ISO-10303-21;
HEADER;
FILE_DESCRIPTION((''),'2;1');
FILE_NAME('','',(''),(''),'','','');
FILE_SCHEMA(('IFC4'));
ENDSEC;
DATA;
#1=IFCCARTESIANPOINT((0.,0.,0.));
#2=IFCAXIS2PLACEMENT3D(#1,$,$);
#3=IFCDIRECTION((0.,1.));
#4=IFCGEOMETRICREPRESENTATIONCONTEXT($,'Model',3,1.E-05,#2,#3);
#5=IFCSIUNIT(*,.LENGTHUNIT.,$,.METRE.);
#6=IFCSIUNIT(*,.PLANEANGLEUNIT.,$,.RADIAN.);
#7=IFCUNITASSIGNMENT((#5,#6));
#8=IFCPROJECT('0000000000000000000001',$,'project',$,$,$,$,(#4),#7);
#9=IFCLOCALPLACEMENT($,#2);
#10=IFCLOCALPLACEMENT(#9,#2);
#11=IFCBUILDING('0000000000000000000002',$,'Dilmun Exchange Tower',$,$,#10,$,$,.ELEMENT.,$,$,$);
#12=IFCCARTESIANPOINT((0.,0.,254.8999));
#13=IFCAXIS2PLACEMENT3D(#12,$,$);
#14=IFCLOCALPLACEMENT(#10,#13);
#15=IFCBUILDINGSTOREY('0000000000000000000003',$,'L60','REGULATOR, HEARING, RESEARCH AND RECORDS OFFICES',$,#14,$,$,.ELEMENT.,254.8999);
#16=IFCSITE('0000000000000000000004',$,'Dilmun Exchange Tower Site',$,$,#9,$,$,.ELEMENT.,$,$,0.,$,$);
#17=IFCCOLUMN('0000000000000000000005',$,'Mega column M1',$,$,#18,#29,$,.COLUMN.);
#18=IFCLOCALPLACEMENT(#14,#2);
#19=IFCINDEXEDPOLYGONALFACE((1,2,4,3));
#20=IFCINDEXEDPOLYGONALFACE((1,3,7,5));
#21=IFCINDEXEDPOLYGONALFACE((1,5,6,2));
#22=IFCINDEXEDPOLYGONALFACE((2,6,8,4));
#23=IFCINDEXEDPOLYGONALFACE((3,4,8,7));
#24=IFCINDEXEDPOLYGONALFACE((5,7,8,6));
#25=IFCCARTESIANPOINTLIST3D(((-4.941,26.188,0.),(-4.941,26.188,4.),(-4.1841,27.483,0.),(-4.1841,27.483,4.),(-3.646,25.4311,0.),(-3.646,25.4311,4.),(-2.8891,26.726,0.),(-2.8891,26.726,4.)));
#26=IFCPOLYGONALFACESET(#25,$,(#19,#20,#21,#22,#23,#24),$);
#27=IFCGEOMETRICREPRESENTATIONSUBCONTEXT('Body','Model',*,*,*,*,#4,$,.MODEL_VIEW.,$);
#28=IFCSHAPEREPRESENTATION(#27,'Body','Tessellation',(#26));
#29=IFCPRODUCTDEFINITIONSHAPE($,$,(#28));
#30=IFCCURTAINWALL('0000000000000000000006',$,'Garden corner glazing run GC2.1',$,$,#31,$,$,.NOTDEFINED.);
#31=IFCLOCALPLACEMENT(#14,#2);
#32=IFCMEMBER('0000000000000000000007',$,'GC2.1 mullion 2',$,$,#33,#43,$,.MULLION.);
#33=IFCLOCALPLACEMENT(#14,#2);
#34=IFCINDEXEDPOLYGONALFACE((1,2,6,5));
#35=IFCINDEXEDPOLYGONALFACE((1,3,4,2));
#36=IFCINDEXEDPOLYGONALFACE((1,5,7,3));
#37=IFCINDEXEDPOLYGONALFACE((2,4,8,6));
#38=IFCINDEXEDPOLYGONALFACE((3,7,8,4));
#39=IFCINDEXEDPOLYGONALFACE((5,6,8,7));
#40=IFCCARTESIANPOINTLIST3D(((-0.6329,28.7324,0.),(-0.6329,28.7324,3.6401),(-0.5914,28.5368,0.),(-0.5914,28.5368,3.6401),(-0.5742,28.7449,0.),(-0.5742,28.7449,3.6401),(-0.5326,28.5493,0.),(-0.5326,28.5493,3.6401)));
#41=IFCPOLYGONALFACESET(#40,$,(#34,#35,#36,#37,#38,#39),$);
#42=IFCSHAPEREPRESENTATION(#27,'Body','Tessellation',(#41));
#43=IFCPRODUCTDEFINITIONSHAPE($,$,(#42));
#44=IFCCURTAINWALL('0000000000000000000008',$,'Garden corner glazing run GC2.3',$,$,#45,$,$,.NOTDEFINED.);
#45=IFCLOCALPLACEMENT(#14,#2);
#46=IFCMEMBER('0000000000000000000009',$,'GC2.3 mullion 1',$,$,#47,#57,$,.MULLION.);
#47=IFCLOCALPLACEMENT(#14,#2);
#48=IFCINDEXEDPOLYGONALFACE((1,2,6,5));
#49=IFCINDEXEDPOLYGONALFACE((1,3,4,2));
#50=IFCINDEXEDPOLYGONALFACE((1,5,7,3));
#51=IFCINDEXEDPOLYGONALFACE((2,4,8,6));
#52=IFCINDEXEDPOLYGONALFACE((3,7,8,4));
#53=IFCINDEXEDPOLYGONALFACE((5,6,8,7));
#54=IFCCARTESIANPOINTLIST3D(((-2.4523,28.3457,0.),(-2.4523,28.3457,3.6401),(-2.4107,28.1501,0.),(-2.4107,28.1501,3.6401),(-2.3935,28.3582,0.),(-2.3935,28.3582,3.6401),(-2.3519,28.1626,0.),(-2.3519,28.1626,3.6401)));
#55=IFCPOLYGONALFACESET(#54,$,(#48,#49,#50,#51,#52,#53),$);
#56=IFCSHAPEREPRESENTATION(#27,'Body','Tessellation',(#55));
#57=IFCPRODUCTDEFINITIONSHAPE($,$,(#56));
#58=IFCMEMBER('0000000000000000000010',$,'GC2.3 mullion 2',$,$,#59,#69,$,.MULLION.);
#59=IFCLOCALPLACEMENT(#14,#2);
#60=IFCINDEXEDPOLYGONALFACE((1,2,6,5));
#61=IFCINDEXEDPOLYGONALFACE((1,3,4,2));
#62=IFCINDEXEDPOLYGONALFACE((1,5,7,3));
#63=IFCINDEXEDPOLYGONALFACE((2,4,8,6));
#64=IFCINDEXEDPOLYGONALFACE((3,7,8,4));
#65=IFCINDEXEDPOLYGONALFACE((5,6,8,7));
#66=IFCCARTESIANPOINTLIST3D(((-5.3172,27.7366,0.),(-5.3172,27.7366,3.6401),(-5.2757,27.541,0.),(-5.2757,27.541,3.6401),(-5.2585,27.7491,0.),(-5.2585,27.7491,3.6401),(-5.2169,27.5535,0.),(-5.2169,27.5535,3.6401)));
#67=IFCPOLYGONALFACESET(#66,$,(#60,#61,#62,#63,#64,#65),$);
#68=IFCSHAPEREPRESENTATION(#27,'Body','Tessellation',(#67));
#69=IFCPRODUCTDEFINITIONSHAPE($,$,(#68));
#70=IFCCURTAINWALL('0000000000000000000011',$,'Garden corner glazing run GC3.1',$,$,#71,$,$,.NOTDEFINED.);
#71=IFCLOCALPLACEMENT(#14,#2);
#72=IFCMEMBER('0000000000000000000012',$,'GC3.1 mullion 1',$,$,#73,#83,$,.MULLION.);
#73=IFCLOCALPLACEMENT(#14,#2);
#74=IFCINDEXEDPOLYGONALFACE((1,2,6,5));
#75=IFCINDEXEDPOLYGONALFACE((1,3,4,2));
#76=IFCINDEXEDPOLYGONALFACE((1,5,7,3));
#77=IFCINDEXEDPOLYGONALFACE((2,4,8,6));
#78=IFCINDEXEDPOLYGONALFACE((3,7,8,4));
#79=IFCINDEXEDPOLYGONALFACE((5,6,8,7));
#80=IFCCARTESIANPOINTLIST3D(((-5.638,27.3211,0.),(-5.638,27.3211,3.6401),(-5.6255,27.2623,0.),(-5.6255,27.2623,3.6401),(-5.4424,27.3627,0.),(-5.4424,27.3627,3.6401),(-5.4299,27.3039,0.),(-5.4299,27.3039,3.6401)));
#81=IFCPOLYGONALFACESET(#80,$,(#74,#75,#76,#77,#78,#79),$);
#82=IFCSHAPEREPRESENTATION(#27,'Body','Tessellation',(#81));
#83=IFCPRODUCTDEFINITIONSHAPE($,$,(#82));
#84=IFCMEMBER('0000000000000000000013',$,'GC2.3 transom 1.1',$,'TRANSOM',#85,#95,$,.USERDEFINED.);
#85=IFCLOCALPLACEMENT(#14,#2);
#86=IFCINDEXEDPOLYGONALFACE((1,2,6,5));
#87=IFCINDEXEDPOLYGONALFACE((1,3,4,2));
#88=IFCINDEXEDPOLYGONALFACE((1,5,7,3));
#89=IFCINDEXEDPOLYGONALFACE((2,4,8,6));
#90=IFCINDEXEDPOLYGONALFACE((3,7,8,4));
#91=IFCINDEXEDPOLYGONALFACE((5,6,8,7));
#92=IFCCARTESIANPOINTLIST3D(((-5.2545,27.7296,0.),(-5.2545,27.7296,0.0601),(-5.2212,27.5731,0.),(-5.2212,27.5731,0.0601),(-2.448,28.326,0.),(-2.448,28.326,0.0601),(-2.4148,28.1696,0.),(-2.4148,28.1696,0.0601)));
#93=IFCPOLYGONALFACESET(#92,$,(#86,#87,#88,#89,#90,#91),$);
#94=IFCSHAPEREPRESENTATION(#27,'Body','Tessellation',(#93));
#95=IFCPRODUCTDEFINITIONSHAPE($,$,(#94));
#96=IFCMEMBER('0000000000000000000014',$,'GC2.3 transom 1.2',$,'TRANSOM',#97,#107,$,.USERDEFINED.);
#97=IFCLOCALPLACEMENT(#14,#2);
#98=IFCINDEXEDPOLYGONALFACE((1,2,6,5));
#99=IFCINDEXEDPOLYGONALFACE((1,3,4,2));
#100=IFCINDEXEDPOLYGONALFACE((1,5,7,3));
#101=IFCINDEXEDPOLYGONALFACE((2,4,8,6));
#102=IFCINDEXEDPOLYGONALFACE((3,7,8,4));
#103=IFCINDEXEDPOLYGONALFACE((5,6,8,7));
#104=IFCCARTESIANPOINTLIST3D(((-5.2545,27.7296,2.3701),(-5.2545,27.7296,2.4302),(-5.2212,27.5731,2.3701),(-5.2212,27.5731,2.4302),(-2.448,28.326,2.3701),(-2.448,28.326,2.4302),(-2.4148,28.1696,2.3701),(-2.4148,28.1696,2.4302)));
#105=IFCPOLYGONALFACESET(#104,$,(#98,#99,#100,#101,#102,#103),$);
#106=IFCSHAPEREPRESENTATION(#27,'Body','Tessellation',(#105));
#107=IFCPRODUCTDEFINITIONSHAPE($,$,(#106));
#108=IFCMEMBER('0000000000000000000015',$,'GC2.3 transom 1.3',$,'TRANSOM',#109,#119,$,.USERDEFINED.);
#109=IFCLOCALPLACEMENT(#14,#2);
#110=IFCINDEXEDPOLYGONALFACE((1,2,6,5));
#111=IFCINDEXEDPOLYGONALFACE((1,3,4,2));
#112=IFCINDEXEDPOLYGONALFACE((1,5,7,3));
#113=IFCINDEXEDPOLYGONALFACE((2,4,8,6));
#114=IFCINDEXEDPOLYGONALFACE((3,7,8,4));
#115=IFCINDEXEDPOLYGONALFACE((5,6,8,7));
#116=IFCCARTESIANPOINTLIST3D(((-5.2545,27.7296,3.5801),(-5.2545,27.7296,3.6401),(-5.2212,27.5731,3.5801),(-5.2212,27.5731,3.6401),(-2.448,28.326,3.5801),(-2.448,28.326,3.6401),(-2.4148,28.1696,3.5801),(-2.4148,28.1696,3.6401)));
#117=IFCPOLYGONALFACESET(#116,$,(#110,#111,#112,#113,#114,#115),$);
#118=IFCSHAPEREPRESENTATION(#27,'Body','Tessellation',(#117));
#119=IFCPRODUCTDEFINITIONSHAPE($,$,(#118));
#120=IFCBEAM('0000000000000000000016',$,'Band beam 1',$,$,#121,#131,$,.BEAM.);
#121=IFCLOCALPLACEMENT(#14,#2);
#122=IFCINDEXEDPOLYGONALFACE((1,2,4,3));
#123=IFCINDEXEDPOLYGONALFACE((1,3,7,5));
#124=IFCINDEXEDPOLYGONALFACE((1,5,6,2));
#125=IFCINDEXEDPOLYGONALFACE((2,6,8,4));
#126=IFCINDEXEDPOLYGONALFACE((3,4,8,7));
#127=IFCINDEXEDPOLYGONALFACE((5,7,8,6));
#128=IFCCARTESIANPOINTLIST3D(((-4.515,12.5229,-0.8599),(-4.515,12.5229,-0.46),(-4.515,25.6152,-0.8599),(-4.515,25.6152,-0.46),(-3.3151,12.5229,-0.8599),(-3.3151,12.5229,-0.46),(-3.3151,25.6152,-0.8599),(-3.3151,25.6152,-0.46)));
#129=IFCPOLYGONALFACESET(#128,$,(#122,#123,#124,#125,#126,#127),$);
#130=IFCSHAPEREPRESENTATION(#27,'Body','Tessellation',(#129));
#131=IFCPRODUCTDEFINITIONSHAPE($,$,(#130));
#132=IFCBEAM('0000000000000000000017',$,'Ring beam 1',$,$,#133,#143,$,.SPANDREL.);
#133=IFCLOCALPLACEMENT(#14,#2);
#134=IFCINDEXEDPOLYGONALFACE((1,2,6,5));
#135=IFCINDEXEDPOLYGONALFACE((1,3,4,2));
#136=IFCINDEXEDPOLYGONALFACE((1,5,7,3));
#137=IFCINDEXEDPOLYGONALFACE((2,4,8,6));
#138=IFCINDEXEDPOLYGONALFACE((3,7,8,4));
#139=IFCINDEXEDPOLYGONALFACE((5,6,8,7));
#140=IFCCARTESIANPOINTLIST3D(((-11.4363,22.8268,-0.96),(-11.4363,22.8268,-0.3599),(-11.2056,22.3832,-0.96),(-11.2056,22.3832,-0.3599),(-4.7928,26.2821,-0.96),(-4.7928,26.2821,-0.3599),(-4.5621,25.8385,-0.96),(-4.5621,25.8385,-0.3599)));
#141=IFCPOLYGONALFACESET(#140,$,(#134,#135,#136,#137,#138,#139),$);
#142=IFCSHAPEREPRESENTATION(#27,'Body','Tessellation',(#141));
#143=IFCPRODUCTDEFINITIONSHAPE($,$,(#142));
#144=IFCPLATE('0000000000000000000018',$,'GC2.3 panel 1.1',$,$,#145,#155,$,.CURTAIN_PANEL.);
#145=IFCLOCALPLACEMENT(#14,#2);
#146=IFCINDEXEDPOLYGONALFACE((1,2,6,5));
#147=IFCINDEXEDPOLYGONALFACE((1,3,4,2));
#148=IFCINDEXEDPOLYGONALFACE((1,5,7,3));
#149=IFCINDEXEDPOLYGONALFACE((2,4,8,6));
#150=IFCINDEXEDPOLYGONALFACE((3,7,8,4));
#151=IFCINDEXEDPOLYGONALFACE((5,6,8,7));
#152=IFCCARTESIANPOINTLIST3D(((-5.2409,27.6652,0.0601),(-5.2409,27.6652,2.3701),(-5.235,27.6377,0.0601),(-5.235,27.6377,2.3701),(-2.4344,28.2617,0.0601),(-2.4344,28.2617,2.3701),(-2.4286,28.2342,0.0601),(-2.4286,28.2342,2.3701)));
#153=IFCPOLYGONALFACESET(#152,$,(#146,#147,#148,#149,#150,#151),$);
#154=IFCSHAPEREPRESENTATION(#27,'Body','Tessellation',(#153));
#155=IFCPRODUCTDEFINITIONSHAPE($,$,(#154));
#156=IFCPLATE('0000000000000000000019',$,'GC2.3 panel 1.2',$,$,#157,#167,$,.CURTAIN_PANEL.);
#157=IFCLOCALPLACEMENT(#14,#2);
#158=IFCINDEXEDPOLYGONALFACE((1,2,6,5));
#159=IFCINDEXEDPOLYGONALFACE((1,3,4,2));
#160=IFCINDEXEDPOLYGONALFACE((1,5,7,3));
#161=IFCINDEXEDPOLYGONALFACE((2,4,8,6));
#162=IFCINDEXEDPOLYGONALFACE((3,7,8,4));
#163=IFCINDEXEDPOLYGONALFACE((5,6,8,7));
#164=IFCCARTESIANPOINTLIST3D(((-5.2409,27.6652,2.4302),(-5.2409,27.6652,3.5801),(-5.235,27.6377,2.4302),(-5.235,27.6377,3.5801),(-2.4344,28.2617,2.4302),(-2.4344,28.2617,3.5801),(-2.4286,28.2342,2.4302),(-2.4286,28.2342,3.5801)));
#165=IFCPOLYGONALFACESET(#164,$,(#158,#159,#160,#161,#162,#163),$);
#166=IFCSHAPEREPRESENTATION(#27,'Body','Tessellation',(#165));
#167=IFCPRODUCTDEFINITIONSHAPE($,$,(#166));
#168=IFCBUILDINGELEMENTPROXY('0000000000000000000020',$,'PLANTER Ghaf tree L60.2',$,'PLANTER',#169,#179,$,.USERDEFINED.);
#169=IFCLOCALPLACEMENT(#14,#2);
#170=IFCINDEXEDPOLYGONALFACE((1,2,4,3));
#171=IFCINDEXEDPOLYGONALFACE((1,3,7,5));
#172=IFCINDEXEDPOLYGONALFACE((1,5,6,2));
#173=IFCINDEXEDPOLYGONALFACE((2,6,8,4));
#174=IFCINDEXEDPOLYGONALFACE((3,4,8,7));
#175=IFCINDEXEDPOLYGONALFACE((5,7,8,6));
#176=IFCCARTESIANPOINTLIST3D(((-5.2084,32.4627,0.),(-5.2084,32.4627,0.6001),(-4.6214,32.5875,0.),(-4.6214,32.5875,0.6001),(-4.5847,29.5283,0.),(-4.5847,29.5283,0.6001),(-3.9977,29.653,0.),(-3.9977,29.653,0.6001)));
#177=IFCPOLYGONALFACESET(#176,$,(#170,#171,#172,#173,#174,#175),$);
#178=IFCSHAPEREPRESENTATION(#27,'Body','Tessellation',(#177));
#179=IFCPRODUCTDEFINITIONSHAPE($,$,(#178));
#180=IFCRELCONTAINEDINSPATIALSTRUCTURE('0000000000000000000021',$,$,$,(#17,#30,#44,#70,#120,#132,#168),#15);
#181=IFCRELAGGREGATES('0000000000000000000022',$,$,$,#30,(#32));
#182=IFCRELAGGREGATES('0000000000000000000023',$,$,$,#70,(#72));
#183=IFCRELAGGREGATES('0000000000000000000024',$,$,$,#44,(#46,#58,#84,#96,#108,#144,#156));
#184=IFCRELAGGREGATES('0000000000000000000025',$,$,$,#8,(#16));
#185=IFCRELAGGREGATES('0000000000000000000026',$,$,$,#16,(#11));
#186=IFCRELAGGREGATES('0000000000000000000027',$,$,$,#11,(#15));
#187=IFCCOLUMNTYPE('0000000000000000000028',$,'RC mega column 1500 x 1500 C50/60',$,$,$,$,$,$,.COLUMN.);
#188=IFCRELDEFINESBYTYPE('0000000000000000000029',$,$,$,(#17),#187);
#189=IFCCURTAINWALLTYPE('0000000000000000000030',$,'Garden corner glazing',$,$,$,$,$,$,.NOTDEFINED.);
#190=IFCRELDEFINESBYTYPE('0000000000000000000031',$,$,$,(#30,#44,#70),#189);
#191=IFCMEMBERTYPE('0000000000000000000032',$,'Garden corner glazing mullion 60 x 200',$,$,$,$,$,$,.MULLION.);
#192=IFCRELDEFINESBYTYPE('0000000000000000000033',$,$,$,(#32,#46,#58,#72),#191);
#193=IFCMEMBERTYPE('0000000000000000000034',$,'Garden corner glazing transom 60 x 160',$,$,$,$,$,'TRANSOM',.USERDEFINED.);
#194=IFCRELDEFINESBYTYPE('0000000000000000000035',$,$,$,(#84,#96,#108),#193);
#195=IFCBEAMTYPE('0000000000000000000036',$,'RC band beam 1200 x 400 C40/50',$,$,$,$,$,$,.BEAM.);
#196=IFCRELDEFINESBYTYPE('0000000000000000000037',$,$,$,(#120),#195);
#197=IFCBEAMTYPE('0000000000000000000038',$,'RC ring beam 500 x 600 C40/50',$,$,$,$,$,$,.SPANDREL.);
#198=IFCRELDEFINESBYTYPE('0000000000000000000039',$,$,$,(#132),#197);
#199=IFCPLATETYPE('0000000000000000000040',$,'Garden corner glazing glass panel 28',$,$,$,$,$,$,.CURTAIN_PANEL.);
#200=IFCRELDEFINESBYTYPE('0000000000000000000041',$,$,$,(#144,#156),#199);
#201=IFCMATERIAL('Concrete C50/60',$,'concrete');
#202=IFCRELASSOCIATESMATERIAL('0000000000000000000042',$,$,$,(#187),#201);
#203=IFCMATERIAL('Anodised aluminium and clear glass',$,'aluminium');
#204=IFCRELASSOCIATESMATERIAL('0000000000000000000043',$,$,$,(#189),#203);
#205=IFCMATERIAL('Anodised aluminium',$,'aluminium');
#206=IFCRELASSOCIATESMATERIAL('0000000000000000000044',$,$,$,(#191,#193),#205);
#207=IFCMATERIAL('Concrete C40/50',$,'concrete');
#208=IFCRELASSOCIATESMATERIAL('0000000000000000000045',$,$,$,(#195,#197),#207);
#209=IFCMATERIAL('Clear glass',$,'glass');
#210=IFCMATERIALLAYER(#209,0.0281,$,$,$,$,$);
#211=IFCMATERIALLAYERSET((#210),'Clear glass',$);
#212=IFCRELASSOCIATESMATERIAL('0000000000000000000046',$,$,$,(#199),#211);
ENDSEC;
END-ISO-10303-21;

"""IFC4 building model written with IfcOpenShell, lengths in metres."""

from ifc_helpers import new_model, si_unit, direction, frame, origin, origin_2d, place, context, subcontext, project, spatial, rectangle, extrude, material, layer, layer_set, material_profile, profile_set, type_object, element, aggregate, save


model = new_model("IFC4")

# Units and contexts
model_context = context("Model", 3, precision=1e-05, world=origin(), true_north=direction((0.0, 1.0)))
body_context = subcontext(model_context, "Body", "Model", "MODEL_VIEW")
ifc_project = project(units=[si_unit("LENGTHUNIT", "METRE"), si_unit("PLANEANGLEUNIT", "RADIAN")], contexts=[model_context])

# Site, building, storey
site_placement = place(None, origin())
site = spatial("IfcSite", under=ifc_project, at=site_placement, Name="Dilmun Exchange Tower Site", CompositionType="ELEMENT", RefElevation=0.0)
building_placement = place(site_placement, origin())
building = spatial("IfcBuilding", under=site, at=building_placement, Name="Dilmun Exchange Tower", CompositionType="ELEMENT")
storey_placement = place(building_placement, frame((0.0, 0.0, 254.8999)))
storey = spatial("IfcBuildingStorey", under=building, at=storey_placement, Name="L60", Description="REGULATOR, HEARING, RESEARCH AND RECORDS OFFICES", CompositionType="ELEMENT", Elevation=254.8999)

# Column
ifc_material_1 = material(Name="Concrete C50/60", Category="concrete")
ifc_material_profile_1 = material_profile(ifc_material_1, rectangle(XDim=1.5, YDim=1.5, at=origin_2d()), Name="1500 x 1500")
ifc_profile_set_1 = profile_set([ifc_material_profile_1], Name="Concrete C50/60")
column_type = type_object("IfcColumnType", Name="RC mega column 1500 x 1500 C50/60", PredefinedType="COLUMN", material=ifc_profile_set_1)
column_placement = place(storey_placement, frame((-3.915, 26.457, 0.0), z_axis=(0.0, 0.0, 1.0), x_axis=(0.504644, 0.863328, 0.0)))
element("IfcColumn", 1, at=column_placement, inside=storey, type_object=column_type, Name="Mega column M1", PredefinedType="COLUMN", context=body_context, shape_type="SweptSolid", body=[
    extrude(rectangle(XDim=1.5, YDim=1.5, at=origin_2d()), origin(), (0.0, 0.0, 1.0), 4.0),
])

# Curtain wall, member
ifc_material_2 = material(Name="Anodised aluminium and clear glass", Category="aluminium")
curtain_wall_type = type_object("IfcCurtainWallType", Name="Garden corner glazing", PredefinedType="NOTDEFINED", material=ifc_material_2)
curtain_wall_1_placement = place(storey_placement, origin())
curtain_wall_1 = element("IfcCurtainWall", 2, at=curtain_wall_1_placement, inside=storey, type_object=curtain_wall_type, Name="Garden corner glazing run GC2.1", PredefinedType="NOTDEFINED")
ifc_material_3 = material(Name="Anodised aluminium", Category="aluminium")
ifc_material_profile_2 = material_profile(ifc_material_3, rectangle(XDim=0.2, YDim=0.0601, at=origin_2d()), Name="AL 60x200")
ifc_profile_set_2 = profile_set([ifc_material_profile_2], Name="Anodised aluminium")
member_type_1 = type_object("IfcMemberType", Name="Garden corner glazing mullion 60 x 200", PredefinedType="MULLION", material=ifc_profile_set_2)
member_1_placement = place(storey_placement, frame((-0.5828, 28.6409, 0.0), z_axis=(0.0, 0.0, 1.0), x_axis=(0.207888, -0.978153, 0.0)))
member_1 = element("IfcMember", 3, at=member_1_placement, type_object=member_type_1, Name="GC2.1 mullion 2", PredefinedType="MULLION", context=body_context, shape_type="SweptSolid", body=[
    extrude(rectangle(XDim=0.2, YDim=0.0601, at=origin_2d()), origin(), (0.0, 0.0, 1.0), 3.6401),
])
aggregate(curtain_wall_1, [member_1])

# Curtain wall, members
curtain_wall_2_placement = place(storey_placement, origin())
curtain_wall_2 = element("IfcCurtainWall", 4, at=curtain_wall_2_placement, inside=storey, type_object=curtain_wall_type, Name="Garden corner glazing run GC2.3", PredefinedType="NOTDEFINED")
member_2_placement = place(storey_placement, frame((-2.4021, 28.2542, 0.0), z_axis=(0.0, 0.0, 1.0), x_axis=(0.207888, -0.978153, 0.0)))
member_2 = element("IfcMember", 5, at=member_2_placement, type_object=member_type_1, Name="GC2.3 mullion 1", PredefinedType="MULLION", context=body_context, shape_type="SweptSolid", body=[
    extrude(rectangle(XDim=0.2, YDim=0.0601, at=origin_2d()), origin(), (0.0, 0.0, 1.0), 3.6401),
])
member_3_placement = place(storey_placement, frame((-5.2671, 27.645, 0.0), z_axis=(0.0, 0.0, 1.0), x_axis=(0.207888, -0.978153, 0.0)))
member_3 = element("IfcMember", 6, at=member_3_placement, type_object=member_type_1, Name="GC2.3 mullion 2", PredefinedType="MULLION", context=body_context, shape_type="SweptSolid", body=[
    extrude(rectangle(XDim=0.2, YDim=0.0601, at=origin_2d()), origin(), (0.0, 0.0, 1.0), 3.6401),
])

# Curtain wall, member
curtain_wall_3_placement = place(storey_placement, origin())
curtain_wall_3 = element("IfcCurtainWall", 7, at=curtain_wall_3_placement, inside=storey, type_object=curtain_wall_type, Name="Garden corner glazing run GC3.1", PredefinedType="NOTDEFINED")
member_4_placement = place(storey_placement, frame((-5.5339, 27.3125, 0.0), z_axis=(0.0, 0.0, 1.0), x_axis=(-0.978148, -0.207912, 0.0)))
member_4 = element("IfcMember", 8, at=member_4_placement, type_object=member_type_1, Name="GC3.1 mullion 1", PredefinedType="MULLION", context=body_context, shape_type="SweptSolid", body=[
    extrude(rectangle(XDim=0.2, YDim=0.0601, at=origin_2d()), origin(), (0.0, 0.0, 1.0), 3.6401),
])
aggregate(curtain_wall_3, [member_4])

# Members
ifc_material_profile_3 = material_profile(ifc_material_3, rectangle(XDim=0.1599, YDim=0.0601, at=origin_2d()), Name="AL 60x160")
ifc_profile_set_3 = profile_set([ifc_material_profile_3], Name="Anodised aluminium")
member_type_2 = type_object("IfcMemberType", Name="Garden corner glazing transom 60 x 160", ElementType="TRANSOM", PredefinedType="USERDEFINED", material=ifc_profile_set_3)
member_5_placement = place(storey_placement, frame((-2.4314, 28.2478, 0.03), z_axis=(-0.978153, -0.207884, 0.0), x_axis=(0.207884, -0.978153, 0.0)))
member_5 = element("IfcMember", 9, at=member_5_placement, type_object=member_type_2, Name="GC2.3 transom 1.1", ObjectType="TRANSOM", PredefinedType="USERDEFINED", context=body_context, shape_type="SweptSolid", body=[
    extrude(rectangle(XDim=0.1599, YDim=0.0601, at=origin_2d()), origin(), (0.0, 0.0, 1.0), 2.8691),
])
member_6_placement = place(storey_placement, frame((-2.4314, 28.2478, 2.4001), z_axis=(-0.978153, -0.207884, 0.0), x_axis=(0.207884, -0.978153, 0.0)))
member_6 = element("IfcMember", 10, at=member_6_placement, type_object=member_type_2, Name="GC2.3 transom 1.2", ObjectType="TRANSOM", PredefinedType="USERDEFINED", context=body_context, shape_type="SweptSolid", body=[
    extrude(rectangle(XDim=0.1599, YDim=0.0601, at=origin_2d()), origin(), (0.0, 0.0, 1.0), 2.8691),
])
member_7_placement = place(storey_placement, frame((-2.4314, 28.2478, 3.6101), z_axis=(-0.978153, -0.207884, 0.0), x_axis=(0.207884, -0.978153, 0.0)))
member_7 = element("IfcMember", 11, at=member_7_placement, type_object=member_type_2, Name="GC2.3 transom 1.3", ObjectType="TRANSOM", PredefinedType="USERDEFINED", context=body_context, shape_type="SweptSolid", body=[
    extrude(rectangle(XDim=0.1599, YDim=0.0601, at=origin_2d()), origin(), (0.0, 0.0, 1.0), 2.8691),
])

# Beams
ifc_material_4 = material(Name="Concrete C40/50", Category="concrete")
ifc_material_profile_4 = material_profile(ifc_material_4, rectangle(XDim=1.2, YDim=0.3999, at=origin_2d()), Name="1200 x 400")
ifc_profile_set_4 = profile_set([ifc_material_profile_4], Name="Concrete C40/50")
beam_type_1 = type_object("IfcBeamType", Name="RC band beam 1200 x 400 C40/50", PredefinedType="BEAM", material=ifc_profile_set_4)
beam_1_placement = place(storey_placement, frame((-3.915, 25.6152, -0.6599), z_axis=(0.0, -1.0, 0.0), x_axis=(1.0, 0.0, 0.0)))
element("IfcBeam", 12, at=beam_1_placement, inside=storey, type_object=beam_type_1, Name="Band beam 1", PredefinedType="BEAM", context=body_context, shape_type="SweptSolid", body=[
    extrude(rectangle(XDim=1.2, YDim=0.3999, at=origin_2d()), origin(), (0.0, 0.0, 1.0), 13.0923),
])
ifc_material_profile_5 = material_profile(ifc_material_4, rectangle(XDim=0.5, YDim=0.6001, at=origin_2d()), Name="500 x 600")
ifc_profile_set_5 = profile_set([ifc_material_profile_5], Name="Concrete C40/50")
beam_type_2 = type_object("IfcBeamType", Name="RC ring beam 500 x 600 C40/50", PredefinedType="SPANDREL", material=ifc_profile_set_5)
beam_2_placement = place(storey_placement, frame((-4.6775, 26.0603, -0.6599), z_axis=(-0.88718, -0.461424, 0.0), x_axis=(0.461424, -0.88718, 0.0)))
element("IfcBeam", 13, at=beam_2_placement, inside=storey, type_object=beam_type_2, Name="Ring beam 1", PredefinedType="SPANDREL", context=body_context, shape_type="SweptSolid", body=[
    extrude(rectangle(XDim=0.5, YDim=0.6001, at=origin_2d()), origin(), (0.0, 0.0, 1.0), 7.4883),
])

# Plates
ifc_material_5 = material(Name="Clear glass", Category="glass")
ifc_layer_1 = layer(ifc_material_5, 0.0281)
ifc_layer_set_1 = layer_set([ifc_layer_1], Name="Clear glass")
plate_type = type_object("IfcPlateType", Name="Garden corner glazing glass panel 28", PredefinedType="CURTAIN_PANEL", material=ifc_layer_set_1)
plate_1_placement = place(storey_placement, frame((-3.8347, 27.9497, 0.0601), z_axis=(0.0, 0.0, 1.0), x_axis=(-0.978153, -0.207888, 0.0)))
plate_1 = element("IfcPlate", 14, at=plate_1_placement, type_object=plate_type, Name="GC2.3 panel 1.1", PredefinedType="CURTAIN_PANEL", context=body_context, shape_type="SweptSolid", body=[
    extrude(rectangle(XDim=2.8691, YDim=0.0281, at=origin_2d()), origin(), (0.0, 0.0, 1.0), 2.3101),
])
plate_2_placement = place(storey_placement, frame((-3.8347, 27.9497, 2.4302), z_axis=(0.0, 0.0, 1.0), x_axis=(-0.978153, -0.207888, 0.0)))
plate_2 = element("IfcPlate", 15, at=plate_2_placement, type_object=plate_type, Name="GC2.3 panel 1.2", PredefinedType="CURTAIN_PANEL", context=body_context, shape_type="SweptSolid", body=[
    extrude(rectangle(XDim=2.8691, YDim=0.0281, at=origin_2d()), origin(), (0.0, 0.0, 1.0), 1.1499),
])
aggregate(curtain_wall_2, [member_2, member_3, member_5, member_6, member_7, plate_1, plate_2])

# Building element proxy
proxy_placement = place(storey_placement, frame((-4.603, 31.0579, 0.0), z_axis=(0.0, 0.0, 1.0), x_axis=(-0.207912, 0.978148, 0.0)))
element("IfcBuildingElementProxy", 16, at=proxy_placement, inside=storey, Name="PLANTER Ghaf tree L60.2", ObjectType="PLANTER", PredefinedType="USERDEFINED", context=body_context, shape_type="SweptSolid", body=[
    extrude(rectangle(XDim=3.0, YDim=0.6001, at=origin_2d()), origin(), (0.0, 0.0, 1.0), 0.6001),
])

save(model, "model.ifc")
